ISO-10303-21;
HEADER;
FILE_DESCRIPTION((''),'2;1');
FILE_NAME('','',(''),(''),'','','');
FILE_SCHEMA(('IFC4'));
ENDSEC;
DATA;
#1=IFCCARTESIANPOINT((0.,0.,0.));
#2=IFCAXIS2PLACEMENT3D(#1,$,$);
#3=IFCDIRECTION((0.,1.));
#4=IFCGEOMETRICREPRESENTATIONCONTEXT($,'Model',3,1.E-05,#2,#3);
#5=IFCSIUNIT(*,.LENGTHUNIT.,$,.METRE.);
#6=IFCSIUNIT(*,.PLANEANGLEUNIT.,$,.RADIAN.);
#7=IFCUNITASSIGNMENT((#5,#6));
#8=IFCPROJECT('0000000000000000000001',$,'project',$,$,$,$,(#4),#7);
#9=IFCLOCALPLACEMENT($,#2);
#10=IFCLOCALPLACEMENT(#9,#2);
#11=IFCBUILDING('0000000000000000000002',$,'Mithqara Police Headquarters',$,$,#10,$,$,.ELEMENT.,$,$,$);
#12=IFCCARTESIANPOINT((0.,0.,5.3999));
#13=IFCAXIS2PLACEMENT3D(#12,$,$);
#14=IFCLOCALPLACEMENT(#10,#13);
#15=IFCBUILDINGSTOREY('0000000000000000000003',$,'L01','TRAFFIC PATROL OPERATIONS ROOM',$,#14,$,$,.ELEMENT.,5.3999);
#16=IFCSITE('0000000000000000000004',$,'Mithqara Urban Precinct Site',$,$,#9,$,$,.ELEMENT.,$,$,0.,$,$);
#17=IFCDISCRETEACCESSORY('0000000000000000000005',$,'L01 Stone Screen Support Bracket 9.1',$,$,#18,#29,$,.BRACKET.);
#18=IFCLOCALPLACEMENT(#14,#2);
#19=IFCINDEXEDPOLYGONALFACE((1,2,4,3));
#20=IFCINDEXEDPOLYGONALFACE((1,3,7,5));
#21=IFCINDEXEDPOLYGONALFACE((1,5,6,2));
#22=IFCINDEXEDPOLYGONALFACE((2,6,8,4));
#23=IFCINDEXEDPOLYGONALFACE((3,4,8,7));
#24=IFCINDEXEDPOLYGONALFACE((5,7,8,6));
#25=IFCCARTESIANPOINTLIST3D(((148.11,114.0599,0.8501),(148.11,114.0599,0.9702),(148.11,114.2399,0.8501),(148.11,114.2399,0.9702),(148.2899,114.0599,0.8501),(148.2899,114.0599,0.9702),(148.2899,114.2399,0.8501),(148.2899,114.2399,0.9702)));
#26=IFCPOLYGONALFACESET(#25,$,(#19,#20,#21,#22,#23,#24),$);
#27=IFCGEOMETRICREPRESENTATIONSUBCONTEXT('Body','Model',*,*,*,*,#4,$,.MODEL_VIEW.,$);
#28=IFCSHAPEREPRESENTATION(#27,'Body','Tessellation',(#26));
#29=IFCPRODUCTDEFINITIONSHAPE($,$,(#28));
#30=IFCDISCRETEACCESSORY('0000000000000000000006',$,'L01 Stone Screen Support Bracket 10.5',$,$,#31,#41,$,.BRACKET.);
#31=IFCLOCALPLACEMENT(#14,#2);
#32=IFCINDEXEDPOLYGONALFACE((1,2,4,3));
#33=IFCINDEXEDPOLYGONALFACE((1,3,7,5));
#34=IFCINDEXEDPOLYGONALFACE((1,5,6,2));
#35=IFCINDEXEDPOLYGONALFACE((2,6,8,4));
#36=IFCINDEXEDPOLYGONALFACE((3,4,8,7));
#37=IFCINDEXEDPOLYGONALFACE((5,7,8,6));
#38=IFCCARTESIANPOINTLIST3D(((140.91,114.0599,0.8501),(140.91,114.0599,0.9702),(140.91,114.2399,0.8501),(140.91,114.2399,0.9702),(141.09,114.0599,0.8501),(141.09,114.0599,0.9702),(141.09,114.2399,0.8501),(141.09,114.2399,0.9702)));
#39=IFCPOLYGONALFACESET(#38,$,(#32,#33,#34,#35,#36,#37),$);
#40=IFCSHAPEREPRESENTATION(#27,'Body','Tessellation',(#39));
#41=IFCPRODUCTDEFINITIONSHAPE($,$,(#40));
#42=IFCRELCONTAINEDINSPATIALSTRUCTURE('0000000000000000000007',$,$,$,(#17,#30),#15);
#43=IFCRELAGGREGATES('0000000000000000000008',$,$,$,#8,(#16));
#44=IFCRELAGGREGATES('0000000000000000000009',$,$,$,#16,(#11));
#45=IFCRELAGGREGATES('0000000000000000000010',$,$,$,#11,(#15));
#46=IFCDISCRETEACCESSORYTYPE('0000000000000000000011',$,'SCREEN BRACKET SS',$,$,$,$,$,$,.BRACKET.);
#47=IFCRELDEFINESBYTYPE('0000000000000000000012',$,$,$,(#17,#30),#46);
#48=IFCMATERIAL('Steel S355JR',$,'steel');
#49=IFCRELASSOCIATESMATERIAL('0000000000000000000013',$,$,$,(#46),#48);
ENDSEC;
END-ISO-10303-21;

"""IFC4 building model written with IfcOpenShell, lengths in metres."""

from ifc_helpers import new_model, si_unit, direction, frame, origin, origin_2d, place, context, subcontext, project, spatial, rectangle, extrude, material, type_object, element, save


model = new_model("IFC4")

# Units and contexts
model_context = context("Model", 3, precision=1e-05, world=origin(), true_north=direction((0.0, 1.0)))
body_context = subcontext(model_context, "Body", "Model", "MODEL_VIEW")
ifc_project = project(units=[si_unit("LENGTHUNIT", "METRE"), si_unit("PLANEANGLEUNIT", "RADIAN")], contexts=[model_context])

# Site, building, storey
site_placement = place(None, origin())
site = spatial("IfcSite", under=ifc_project, at=site_placement, Name="Mithqara Urban Precinct Site", CompositionType="ELEMENT", RefElevation=0.0)
building_placement = place(site_placement, origin())
building = spatial("IfcBuilding", under=site, at=building_placement, Name="Mithqara Police Headquarters", CompositionType="ELEMENT")
storey_placement = place(building_placement, frame((0.0, 0.0, 5.3999)))
storey = spatial("IfcBuildingStorey", under=building, at=storey_placement, Name="L01", Description="TRAFFIC PATROL OPERATIONS ROOM", CompositionType="ELEMENT", Elevation=5.3999)

# Shared definitions
ifc_material_1 = material(Name="Steel S355JR", Category="steel")

# Discrete accessories
discrete_accessory_type = type_object("IfcDiscreteAccessoryType", Name="SCREEN BRACKET SS", PredefinedType="BRACKET", material=ifc_material_1)
for number, where, z_axis, x_axis, name in (
    (1, (148.2, 114.1499, 0.8501), (0.0, 0.0, 1.0), (1.0, 0.0, 0.0), "L01 Stone Screen Support Bracket 9.1"),
    (2, (141.0, 114.1499, 0.8501), (0.0, 0.0, 1.0), (1.0, 0.0, 0.0), "L01 Stone Screen Support Bracket 10.5"),
):
    element("IfcDiscreteAccessory", number, at=place(storey_placement, frame(where, z_axis=z_axis, x_axis=x_axis)), inside=storey, type_object=discrete_accessory_type, Name=name, PredefinedType="BRACKET", context=body_context, shape_type="SweptSolid", body=[
        extrude(rectangle(XDim=0.1799, YDim=0.1799, at=origin_2d()), origin(), (0.0, 0.0, 1.0), 0.1201),
    ])

save(model, "model.ifc")
